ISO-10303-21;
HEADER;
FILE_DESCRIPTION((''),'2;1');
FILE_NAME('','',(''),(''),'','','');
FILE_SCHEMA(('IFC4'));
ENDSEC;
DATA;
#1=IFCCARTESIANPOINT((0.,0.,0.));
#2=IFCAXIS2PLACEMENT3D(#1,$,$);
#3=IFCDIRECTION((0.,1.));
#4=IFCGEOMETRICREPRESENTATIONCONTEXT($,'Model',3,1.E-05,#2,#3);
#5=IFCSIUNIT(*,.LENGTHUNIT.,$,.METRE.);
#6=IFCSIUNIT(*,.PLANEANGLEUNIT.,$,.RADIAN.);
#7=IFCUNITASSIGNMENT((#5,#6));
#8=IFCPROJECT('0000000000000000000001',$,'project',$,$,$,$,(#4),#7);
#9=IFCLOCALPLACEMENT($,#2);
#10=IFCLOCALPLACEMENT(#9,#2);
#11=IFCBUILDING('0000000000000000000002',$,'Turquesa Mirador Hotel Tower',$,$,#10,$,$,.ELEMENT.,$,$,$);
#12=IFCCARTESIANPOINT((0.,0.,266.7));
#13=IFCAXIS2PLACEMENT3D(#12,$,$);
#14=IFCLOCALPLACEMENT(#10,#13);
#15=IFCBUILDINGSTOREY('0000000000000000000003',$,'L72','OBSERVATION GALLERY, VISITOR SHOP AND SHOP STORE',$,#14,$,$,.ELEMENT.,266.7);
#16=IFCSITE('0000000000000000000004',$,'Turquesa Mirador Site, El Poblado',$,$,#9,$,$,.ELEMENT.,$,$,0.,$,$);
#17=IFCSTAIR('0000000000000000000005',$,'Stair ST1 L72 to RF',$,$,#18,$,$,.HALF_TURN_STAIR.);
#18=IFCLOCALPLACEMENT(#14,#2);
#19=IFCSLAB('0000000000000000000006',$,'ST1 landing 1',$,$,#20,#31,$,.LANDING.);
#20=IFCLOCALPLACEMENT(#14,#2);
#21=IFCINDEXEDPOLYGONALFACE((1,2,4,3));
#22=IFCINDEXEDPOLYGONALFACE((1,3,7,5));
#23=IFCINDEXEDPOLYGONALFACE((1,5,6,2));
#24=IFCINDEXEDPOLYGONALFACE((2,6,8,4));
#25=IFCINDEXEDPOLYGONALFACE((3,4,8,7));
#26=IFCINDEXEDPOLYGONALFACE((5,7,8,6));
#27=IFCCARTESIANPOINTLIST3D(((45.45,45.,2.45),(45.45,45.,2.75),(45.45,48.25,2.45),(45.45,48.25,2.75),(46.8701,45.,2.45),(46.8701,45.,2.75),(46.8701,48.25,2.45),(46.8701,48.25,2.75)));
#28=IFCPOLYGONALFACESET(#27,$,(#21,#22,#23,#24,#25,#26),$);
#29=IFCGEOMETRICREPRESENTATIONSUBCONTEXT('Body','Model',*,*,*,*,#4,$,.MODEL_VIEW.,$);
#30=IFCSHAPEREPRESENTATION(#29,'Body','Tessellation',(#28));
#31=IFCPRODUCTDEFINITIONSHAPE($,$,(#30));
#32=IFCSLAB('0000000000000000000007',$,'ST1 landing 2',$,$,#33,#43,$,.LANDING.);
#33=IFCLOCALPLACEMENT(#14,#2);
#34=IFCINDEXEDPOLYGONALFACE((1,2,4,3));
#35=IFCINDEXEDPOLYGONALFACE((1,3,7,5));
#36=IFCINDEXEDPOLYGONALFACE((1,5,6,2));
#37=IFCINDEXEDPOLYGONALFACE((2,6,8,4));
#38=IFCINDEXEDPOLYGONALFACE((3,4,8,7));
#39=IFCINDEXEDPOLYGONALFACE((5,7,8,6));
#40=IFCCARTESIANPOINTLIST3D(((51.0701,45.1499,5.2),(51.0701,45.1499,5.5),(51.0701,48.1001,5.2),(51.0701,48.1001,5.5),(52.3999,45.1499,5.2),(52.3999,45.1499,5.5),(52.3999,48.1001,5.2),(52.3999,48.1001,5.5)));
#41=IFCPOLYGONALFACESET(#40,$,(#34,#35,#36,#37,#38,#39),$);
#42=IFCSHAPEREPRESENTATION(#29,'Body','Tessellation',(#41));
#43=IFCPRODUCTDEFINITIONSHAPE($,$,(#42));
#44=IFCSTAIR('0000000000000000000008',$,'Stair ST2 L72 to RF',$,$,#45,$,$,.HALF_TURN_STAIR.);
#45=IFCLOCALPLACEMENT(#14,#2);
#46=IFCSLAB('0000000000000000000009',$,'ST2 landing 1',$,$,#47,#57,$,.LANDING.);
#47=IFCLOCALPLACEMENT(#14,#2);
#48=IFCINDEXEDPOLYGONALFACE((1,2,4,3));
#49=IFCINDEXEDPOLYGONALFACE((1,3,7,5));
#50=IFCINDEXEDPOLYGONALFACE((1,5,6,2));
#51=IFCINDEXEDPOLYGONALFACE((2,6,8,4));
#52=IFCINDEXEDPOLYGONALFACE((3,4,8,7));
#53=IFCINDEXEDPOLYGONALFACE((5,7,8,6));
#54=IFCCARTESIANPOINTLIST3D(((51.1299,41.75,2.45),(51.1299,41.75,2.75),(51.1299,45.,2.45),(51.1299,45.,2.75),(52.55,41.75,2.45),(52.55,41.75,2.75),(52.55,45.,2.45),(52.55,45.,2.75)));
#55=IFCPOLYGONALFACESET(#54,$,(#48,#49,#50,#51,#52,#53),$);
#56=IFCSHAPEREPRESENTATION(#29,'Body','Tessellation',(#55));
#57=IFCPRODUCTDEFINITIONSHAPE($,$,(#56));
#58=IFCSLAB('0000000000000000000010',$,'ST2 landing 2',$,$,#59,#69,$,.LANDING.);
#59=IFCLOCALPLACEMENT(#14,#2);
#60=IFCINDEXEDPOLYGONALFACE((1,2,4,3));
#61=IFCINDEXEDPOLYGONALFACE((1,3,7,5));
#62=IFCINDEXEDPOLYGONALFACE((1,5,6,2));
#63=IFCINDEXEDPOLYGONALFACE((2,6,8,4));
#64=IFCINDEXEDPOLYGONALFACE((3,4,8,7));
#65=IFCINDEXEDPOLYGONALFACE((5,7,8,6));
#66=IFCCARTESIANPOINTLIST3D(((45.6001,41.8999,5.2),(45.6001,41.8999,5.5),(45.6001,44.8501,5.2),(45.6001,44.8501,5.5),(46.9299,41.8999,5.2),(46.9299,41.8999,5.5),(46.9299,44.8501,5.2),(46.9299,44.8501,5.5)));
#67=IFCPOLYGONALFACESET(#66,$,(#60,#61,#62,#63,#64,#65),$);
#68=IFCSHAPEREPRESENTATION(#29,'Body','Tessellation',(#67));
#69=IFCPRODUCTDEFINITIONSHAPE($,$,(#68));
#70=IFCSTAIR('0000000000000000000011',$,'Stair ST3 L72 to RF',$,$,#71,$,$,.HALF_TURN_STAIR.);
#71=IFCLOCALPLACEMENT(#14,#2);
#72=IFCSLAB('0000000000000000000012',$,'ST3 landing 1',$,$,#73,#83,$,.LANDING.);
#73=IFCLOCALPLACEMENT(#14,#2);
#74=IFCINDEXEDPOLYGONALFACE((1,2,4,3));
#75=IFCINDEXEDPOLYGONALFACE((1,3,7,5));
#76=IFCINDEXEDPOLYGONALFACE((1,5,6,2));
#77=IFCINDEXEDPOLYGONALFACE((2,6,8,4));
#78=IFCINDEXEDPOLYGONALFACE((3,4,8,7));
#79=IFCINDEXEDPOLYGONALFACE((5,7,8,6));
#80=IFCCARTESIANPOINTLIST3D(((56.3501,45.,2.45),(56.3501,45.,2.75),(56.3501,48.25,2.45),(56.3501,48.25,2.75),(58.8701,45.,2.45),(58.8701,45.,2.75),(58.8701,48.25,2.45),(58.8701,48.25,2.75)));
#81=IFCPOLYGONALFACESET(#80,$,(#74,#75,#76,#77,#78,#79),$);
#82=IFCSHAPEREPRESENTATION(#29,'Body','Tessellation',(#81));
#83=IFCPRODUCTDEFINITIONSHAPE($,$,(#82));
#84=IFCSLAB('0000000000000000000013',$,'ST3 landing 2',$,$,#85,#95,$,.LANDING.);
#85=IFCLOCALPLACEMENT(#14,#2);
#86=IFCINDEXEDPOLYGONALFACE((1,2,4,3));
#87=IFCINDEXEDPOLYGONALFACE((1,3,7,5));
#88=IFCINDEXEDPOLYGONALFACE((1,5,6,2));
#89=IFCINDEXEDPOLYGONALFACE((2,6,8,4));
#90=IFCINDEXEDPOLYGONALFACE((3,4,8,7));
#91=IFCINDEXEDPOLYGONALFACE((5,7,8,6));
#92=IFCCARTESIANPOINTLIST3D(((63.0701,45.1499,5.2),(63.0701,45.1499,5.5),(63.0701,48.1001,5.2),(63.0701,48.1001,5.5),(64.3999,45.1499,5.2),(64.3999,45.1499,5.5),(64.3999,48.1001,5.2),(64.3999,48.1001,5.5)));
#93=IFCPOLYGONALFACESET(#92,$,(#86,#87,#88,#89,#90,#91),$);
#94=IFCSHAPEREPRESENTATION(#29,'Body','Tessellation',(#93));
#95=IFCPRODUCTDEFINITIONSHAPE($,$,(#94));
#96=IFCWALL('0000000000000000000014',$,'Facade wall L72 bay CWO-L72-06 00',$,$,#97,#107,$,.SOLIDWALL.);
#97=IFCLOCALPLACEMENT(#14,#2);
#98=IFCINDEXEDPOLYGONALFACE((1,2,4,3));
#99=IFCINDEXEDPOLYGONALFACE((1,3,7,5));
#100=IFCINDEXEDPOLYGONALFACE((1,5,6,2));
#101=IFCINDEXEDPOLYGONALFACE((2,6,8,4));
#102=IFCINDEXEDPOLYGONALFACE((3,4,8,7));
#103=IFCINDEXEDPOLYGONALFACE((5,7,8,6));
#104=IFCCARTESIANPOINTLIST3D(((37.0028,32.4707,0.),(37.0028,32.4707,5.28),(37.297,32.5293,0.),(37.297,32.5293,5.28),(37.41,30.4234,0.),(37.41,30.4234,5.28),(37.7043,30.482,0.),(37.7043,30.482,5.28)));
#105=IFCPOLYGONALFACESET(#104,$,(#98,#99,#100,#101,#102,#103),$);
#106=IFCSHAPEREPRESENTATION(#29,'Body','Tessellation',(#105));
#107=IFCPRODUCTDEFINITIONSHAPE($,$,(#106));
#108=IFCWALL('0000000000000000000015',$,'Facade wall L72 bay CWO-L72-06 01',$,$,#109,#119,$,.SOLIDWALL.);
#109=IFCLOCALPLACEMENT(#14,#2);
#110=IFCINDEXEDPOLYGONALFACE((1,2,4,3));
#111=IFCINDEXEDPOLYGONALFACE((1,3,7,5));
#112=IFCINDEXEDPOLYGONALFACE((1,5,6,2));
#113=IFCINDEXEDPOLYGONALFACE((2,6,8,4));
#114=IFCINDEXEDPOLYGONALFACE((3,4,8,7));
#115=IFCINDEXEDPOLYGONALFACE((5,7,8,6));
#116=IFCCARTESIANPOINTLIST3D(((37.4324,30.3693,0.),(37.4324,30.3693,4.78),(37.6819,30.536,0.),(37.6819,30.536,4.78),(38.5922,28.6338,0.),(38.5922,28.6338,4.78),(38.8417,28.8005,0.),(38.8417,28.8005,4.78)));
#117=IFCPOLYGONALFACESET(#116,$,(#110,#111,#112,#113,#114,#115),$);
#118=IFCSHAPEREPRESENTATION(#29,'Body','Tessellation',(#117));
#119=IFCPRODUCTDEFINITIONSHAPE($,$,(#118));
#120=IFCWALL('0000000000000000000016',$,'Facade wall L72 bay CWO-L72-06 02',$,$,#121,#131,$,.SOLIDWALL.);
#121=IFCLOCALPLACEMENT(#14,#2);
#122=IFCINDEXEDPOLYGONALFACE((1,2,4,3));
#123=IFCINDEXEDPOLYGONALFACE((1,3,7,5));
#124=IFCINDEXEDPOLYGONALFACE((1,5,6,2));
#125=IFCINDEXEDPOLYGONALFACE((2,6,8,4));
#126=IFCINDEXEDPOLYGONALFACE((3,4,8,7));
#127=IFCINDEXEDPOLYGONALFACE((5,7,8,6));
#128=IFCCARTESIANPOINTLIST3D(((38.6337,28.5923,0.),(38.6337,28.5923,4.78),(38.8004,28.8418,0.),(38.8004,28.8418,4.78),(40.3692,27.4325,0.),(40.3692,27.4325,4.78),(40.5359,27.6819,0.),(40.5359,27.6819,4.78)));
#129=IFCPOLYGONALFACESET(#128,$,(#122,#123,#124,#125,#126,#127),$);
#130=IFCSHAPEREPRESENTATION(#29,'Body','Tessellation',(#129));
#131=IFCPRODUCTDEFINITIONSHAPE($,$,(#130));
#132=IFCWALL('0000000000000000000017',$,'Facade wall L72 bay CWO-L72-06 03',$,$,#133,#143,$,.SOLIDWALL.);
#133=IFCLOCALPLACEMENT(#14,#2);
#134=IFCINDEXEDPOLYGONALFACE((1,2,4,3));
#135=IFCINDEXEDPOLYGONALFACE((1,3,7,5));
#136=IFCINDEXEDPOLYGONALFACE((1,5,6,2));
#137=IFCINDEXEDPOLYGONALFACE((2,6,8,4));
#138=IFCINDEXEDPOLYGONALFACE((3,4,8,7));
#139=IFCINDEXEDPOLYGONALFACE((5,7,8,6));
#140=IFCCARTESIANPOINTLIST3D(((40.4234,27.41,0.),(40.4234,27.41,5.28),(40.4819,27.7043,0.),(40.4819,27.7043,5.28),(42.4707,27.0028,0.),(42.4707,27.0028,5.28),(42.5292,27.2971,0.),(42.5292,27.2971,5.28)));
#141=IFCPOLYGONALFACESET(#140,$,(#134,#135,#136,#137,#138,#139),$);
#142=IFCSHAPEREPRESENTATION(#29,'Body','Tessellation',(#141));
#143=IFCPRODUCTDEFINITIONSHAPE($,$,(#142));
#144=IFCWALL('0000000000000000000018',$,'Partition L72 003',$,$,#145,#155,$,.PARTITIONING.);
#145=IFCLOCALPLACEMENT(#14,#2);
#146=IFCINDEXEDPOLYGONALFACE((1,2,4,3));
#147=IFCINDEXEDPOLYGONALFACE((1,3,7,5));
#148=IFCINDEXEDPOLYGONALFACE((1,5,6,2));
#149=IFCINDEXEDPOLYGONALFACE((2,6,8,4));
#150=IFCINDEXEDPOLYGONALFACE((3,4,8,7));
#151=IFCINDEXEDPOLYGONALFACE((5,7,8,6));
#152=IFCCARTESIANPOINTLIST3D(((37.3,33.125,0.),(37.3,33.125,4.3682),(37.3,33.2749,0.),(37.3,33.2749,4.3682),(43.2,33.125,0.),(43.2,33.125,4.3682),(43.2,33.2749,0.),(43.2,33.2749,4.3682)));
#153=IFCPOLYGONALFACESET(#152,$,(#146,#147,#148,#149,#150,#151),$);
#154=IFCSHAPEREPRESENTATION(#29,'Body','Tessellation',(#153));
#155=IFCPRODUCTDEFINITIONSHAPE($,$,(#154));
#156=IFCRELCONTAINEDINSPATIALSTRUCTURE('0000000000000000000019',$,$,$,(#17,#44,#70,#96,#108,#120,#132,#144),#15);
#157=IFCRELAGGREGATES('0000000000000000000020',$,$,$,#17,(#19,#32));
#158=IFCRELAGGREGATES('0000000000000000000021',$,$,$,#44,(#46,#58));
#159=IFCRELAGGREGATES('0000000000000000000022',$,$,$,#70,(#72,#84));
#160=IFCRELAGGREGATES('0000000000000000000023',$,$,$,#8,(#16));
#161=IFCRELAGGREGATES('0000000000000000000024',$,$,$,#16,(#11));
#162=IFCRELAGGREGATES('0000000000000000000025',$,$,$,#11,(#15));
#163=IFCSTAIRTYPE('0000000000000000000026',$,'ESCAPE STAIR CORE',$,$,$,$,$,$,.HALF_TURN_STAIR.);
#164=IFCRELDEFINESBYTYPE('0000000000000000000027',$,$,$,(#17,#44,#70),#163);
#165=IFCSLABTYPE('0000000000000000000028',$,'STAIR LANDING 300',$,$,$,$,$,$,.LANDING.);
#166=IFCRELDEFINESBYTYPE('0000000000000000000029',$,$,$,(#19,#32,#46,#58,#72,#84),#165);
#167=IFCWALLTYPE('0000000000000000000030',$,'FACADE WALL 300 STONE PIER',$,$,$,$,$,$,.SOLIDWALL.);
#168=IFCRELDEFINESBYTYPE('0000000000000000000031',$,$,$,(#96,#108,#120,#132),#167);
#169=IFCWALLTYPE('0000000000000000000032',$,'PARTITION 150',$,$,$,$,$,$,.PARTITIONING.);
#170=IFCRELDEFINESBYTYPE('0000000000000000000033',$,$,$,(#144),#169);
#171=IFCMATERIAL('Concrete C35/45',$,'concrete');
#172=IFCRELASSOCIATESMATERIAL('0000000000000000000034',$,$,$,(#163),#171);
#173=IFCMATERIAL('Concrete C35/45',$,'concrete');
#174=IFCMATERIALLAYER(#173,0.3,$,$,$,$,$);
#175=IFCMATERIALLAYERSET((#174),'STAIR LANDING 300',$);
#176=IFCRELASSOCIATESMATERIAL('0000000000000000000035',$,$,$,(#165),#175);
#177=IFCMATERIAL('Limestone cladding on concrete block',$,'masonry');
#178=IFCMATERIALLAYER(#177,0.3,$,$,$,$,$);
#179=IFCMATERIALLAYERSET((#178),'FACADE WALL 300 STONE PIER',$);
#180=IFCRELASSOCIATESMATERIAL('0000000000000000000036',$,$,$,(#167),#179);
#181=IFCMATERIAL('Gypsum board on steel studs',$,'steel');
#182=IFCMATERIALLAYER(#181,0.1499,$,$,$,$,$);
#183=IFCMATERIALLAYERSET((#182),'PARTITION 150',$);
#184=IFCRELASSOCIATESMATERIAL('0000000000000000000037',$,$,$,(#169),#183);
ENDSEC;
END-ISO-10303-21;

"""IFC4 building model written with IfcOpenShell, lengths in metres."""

from ifc_helpers import new_model, si_unit, direction, frame, frame_2d, origin, place, context, subcontext, project, spatial, polyline, rectangle, outline, extrude, material, layer, layer_set, type_object, element, aggregate, save


model = new_model("IFC4")

# Units and contexts
model_context = context("Model", 3, precision=1e-05, world=origin(), true_north=direction((0.0, 1.0)))
body_context = subcontext(model_context, "Body", "Model", "MODEL_VIEW")
ifc_project = project(units=[si_unit("LENGTHUNIT", "METRE"), si_unit("PLANEANGLEUNIT", "RADIAN")], contexts=[model_context])

# Site, building, storey
site_placement = place(None, origin())
site = spatial("IfcSite", under=ifc_project, at=site_placement, Name="Turquesa Mirador Site, El Poblado", CompositionType="ELEMENT", RefElevation=0.0)
building_placement = place(site_placement, origin())
building = spatial("IfcBuilding", under=site, at=building_placement, Name="Turquesa Mirador Hotel Tower", CompositionType="ELEMENT")
storey_placement = place(building_placement, frame((0.0, 0.0, 266.7)))
storey = spatial("IfcBuildingStorey", under=building, at=storey_placement, Name="L72", Description="OBSERVATION GALLERY, VISITOR SHOP AND SHOP STORE", CompositionType="ELEMENT", Elevation=266.7)

# Stairs, slabs
ifc_material_1 = material(Name="Concrete C35/45", Category="concrete")
stair_type = type_object("IfcStairType", Name="ESCAPE STAIR CORE", PredefinedType="HALF_TURN_STAIR", material=ifc_material_1)
stair_1_placement = place(storey_placement, origin())
stair_1 = element("IfcStair", 1, at=stair_1_placement, inside=storey, type_object=stair_type, Name="Stair ST1 L72 to RF", PredefinedType="HALF_TURN_STAIR")
ifc_material_2 = material(Name="Concrete C35/45", Category="concrete")
ifc_layer_1 = layer(ifc_material_2, 0.3)
ifc_layer_set_1 = layer_set([ifc_layer_1], Name="STAIR LANDING 300")
slab_type_1 = type_object("IfcSlabType", Name="STAIR LANDING 300", PredefinedType="LANDING", material=ifc_layer_set_1)
slab_1_placement = place(storey_placement, frame((0.0, 0.0, 2.45)))
slab_1 = element("IfcSlab", 2, at=slab_1_placement, type_object=slab_type_1, Name="ST1 landing 1", PredefinedType="LANDING", context=body_context, shape_type="SweptSolid", body=[
    extrude(outline(polyline([(45.45, 45.0), (46.8701, 45.0), (46.8701, 48.25), (45.45, 48.25), (45.45, 45.0)])), origin(), (0.0, 0.0, 1.0), 0.3),
])
slab_2_placement = place(storey_placement, frame((0.0, 0.0, 5.2)))
slab_2 = element("IfcSlab", 3, at=slab_2_placement, type_object=slab_type_1, Name="ST1 landing 2", PredefinedType="LANDING", context=body_context, shape_type="SweptSolid", body=[
    extrude(outline(polyline([(51.0701, 45.1499), (52.3999, 45.1499), (52.3999, 48.1001), (51.0701, 48.1001), (51.0701, 45.1499)])), origin(), (0.0, 0.0, 1.0), 0.3),
])
aggregate(stair_1, [slab_1, slab_2])
stair_2_placement = place(storey_placement, origin())
stair_2 = element("IfcStair", 4, at=stair_2_placement, inside=storey, type_object=stair_type, Name="Stair ST2 L72 to RF", PredefinedType="HALF_TURN_STAIR")
slab_3_placement = place(storey_placement, frame((0.0, 0.0, 2.45)))
slab_3 = element("IfcSlab", 5, at=slab_3_placement, type_object=slab_type_1, Name="ST2 landing 1", PredefinedType="LANDING", context=body_context, shape_type="SweptSolid", body=[
    extrude(outline(polyline([(52.55, 45.0), (51.1299, 45.0), (51.1299, 41.75), (52.55, 41.75), (52.55, 45.0)])), origin(), (0.0, 0.0, 1.0), 0.3),
])
slab_4_placement = place(storey_placement, frame((0.0, 0.0, 5.2)))
slab_4 = element("IfcSlab", 6, at=slab_4_placement, type_object=slab_type_1, Name="ST2 landing 2", PredefinedType="LANDING", context=body_context, shape_type="SweptSolid", body=[
    extrude(outline(polyline([(46.9299, 44.8501), (45.6001, 44.8501), (45.6001, 41.8999), (46.9299, 41.8999), (46.9299, 44.8501)])), origin(), (0.0, 0.0, 1.0), 0.3),
])
aggregate(stair_2, [slab_3, slab_4])
stair_3_placement = place(storey_placement, origin())
stair_3 = element("IfcStair", 7, at=stair_3_placement, inside=storey, type_object=stair_type, Name="Stair ST3 L72 to RF", PredefinedType="HALF_TURN_STAIR")
slab_5_placement = place(storey_placement, frame((0.0, 0.0, 2.45)))
slab_5 = element("IfcSlab", 8, at=slab_5_placement, type_object=slab_type_1, Name="ST3 landing 1", PredefinedType="LANDING", context=body_context, shape_type="SweptSolid", body=[
    extrude(outline(polyline([(56.3501, 45.0), (58.8701, 45.0), (58.8701, 48.25), (56.3501, 48.25), (56.3501, 45.0)])), origin(), (0.0, 0.0, 1.0), 0.3),
])
slab_6_placement = place(storey_placement, frame((0.0, 0.0, 5.2)))
slab_6 = element("IfcSlab", 9, at=slab_6_placement, type_object=slab_type_1, Name="ST3 landing 2", PredefinedType="LANDING", context=body_context, shape_type="SweptSolid", body=[
    extrude(outline(polyline([(63.0701, 45.1499), (64.3999, 45.1499), (64.3999, 48.1001), (63.0701, 48.1001), (63.0701, 45.1499)])), origin(), (0.0, 0.0, 1.0), 0.3),
])
aggregate(stair_3, [slab_5, slab_6])

# Walls
ifc_material_3 = material(Name="Limestone cladding on concrete block", Category="masonry")
ifc_layer_2 = layer(ifc_material_3, 0.3)
ifc_layer_set_2 = layer_set([ifc_layer_2], Name="FACADE WALL 300 STONE PIER")
wall_type_1 = type_object("IfcWallType", Name="FACADE WALL 300 STONE PIER", PredefinedType="SOLIDWALL", material=ifc_layer_set_2)
wall_1_placement = place(storey_placement, frame((37.1499, 32.5, 0.0), z_axis=(0.0, 0.0, 1.0), x_axis=(0.195081, -0.980787, 0.0)))
element("IfcWall", 10, at=wall_1_placement, inside=storey, type_object=wall_type_1, Name="Facade wall L72 bay CWO-L72-06 00", PredefinedType="SOLIDWALL", context=body_context, shape_type="SweptSolid", body=[
    extrude(rectangle(XDim=2.0874, YDim=0.3, at=frame_2d((1.0437, 0.0))), origin(), (0.0, 0.0, 1.0), 5.28),
])
for number, where, z_axis, x_axis, name in (
    (11, (37.5571, 30.4526, 0.0), (0.0, 0.0, 1.0), (0.555644, -0.83142, 0.0), "Facade wall L72 bay CWO-L72-06 01"),
    (12, (38.717, 28.717, 0.0), (0.0, 0.0, 1.0), (0.83142, -0.555644, 0.0), "Facade wall L72 bay CWO-L72-06 02"),
):
    element("IfcWall", number, at=place(storey_placement, frame(where, z_axis=z_axis, x_axis=x_axis)), inside=storey, type_object=wall_type_1, Name=name, PredefinedType="SOLIDWALL", context=body_context, shape_type="SweptSolid", body=[
        extrude(rectangle(XDim=2.0874, YDim=0.3, at=frame_2d((1.0437, 0.0))), origin(), (0.0, 0.0, 1.0), 4.78),
    ])
wall_2_placement = place(storey_placement, frame((40.4526, 27.5571, 0.0), z_axis=(0.0, 0.0, 1.0), x_axis=(0.980787, -0.195081, 0.0)))
element("IfcWall", 13, at=wall_2_placement, inside=storey, type_object=wall_type_1, Name="Facade wall L72 bay CWO-L72-06 03", PredefinedType="SOLIDWALL", context=body_context, shape_type="SweptSolid", body=[
    extrude(rectangle(XDim=2.0874, YDim=0.3, at=frame_2d((1.0437, 0.0))), origin(), (0.0, 0.0, 1.0), 5.28),
])
ifc_material_4 = material(Name="Gypsum board on steel studs", Category="steel")
ifc_layer_3 = layer(ifc_material_4, 0.1499)
ifc_layer_set_3 = layer_set([ifc_layer_3], Name="PARTITION 150")
wall_type_2 = type_object("IfcWallType", Name="PARTITION 150", PredefinedType="PARTITIONING", material=ifc_layer_set_3)
wall_3_placement = place(storey_placement, frame((37.3, 33.2, 0.0), z_axis=(0.0, 0.0, 1.0), x_axis=(1.0, 0.0, 0.0)))
element("IfcWall", 14, at=wall_3_placement, inside=storey, type_object=wall_type_2, Name="Partition L72 003", PredefinedType="PARTITIONING", context=body_context, shape_type="SweptSolid", body=[
    extrude(rectangle(XDim=5.8999, YDim=0.1499, at=frame_2d((2.95, 0.0))), origin(), (0.0, 0.0, 1.0), 4.3682),
])

save(model, "model.ifc")
